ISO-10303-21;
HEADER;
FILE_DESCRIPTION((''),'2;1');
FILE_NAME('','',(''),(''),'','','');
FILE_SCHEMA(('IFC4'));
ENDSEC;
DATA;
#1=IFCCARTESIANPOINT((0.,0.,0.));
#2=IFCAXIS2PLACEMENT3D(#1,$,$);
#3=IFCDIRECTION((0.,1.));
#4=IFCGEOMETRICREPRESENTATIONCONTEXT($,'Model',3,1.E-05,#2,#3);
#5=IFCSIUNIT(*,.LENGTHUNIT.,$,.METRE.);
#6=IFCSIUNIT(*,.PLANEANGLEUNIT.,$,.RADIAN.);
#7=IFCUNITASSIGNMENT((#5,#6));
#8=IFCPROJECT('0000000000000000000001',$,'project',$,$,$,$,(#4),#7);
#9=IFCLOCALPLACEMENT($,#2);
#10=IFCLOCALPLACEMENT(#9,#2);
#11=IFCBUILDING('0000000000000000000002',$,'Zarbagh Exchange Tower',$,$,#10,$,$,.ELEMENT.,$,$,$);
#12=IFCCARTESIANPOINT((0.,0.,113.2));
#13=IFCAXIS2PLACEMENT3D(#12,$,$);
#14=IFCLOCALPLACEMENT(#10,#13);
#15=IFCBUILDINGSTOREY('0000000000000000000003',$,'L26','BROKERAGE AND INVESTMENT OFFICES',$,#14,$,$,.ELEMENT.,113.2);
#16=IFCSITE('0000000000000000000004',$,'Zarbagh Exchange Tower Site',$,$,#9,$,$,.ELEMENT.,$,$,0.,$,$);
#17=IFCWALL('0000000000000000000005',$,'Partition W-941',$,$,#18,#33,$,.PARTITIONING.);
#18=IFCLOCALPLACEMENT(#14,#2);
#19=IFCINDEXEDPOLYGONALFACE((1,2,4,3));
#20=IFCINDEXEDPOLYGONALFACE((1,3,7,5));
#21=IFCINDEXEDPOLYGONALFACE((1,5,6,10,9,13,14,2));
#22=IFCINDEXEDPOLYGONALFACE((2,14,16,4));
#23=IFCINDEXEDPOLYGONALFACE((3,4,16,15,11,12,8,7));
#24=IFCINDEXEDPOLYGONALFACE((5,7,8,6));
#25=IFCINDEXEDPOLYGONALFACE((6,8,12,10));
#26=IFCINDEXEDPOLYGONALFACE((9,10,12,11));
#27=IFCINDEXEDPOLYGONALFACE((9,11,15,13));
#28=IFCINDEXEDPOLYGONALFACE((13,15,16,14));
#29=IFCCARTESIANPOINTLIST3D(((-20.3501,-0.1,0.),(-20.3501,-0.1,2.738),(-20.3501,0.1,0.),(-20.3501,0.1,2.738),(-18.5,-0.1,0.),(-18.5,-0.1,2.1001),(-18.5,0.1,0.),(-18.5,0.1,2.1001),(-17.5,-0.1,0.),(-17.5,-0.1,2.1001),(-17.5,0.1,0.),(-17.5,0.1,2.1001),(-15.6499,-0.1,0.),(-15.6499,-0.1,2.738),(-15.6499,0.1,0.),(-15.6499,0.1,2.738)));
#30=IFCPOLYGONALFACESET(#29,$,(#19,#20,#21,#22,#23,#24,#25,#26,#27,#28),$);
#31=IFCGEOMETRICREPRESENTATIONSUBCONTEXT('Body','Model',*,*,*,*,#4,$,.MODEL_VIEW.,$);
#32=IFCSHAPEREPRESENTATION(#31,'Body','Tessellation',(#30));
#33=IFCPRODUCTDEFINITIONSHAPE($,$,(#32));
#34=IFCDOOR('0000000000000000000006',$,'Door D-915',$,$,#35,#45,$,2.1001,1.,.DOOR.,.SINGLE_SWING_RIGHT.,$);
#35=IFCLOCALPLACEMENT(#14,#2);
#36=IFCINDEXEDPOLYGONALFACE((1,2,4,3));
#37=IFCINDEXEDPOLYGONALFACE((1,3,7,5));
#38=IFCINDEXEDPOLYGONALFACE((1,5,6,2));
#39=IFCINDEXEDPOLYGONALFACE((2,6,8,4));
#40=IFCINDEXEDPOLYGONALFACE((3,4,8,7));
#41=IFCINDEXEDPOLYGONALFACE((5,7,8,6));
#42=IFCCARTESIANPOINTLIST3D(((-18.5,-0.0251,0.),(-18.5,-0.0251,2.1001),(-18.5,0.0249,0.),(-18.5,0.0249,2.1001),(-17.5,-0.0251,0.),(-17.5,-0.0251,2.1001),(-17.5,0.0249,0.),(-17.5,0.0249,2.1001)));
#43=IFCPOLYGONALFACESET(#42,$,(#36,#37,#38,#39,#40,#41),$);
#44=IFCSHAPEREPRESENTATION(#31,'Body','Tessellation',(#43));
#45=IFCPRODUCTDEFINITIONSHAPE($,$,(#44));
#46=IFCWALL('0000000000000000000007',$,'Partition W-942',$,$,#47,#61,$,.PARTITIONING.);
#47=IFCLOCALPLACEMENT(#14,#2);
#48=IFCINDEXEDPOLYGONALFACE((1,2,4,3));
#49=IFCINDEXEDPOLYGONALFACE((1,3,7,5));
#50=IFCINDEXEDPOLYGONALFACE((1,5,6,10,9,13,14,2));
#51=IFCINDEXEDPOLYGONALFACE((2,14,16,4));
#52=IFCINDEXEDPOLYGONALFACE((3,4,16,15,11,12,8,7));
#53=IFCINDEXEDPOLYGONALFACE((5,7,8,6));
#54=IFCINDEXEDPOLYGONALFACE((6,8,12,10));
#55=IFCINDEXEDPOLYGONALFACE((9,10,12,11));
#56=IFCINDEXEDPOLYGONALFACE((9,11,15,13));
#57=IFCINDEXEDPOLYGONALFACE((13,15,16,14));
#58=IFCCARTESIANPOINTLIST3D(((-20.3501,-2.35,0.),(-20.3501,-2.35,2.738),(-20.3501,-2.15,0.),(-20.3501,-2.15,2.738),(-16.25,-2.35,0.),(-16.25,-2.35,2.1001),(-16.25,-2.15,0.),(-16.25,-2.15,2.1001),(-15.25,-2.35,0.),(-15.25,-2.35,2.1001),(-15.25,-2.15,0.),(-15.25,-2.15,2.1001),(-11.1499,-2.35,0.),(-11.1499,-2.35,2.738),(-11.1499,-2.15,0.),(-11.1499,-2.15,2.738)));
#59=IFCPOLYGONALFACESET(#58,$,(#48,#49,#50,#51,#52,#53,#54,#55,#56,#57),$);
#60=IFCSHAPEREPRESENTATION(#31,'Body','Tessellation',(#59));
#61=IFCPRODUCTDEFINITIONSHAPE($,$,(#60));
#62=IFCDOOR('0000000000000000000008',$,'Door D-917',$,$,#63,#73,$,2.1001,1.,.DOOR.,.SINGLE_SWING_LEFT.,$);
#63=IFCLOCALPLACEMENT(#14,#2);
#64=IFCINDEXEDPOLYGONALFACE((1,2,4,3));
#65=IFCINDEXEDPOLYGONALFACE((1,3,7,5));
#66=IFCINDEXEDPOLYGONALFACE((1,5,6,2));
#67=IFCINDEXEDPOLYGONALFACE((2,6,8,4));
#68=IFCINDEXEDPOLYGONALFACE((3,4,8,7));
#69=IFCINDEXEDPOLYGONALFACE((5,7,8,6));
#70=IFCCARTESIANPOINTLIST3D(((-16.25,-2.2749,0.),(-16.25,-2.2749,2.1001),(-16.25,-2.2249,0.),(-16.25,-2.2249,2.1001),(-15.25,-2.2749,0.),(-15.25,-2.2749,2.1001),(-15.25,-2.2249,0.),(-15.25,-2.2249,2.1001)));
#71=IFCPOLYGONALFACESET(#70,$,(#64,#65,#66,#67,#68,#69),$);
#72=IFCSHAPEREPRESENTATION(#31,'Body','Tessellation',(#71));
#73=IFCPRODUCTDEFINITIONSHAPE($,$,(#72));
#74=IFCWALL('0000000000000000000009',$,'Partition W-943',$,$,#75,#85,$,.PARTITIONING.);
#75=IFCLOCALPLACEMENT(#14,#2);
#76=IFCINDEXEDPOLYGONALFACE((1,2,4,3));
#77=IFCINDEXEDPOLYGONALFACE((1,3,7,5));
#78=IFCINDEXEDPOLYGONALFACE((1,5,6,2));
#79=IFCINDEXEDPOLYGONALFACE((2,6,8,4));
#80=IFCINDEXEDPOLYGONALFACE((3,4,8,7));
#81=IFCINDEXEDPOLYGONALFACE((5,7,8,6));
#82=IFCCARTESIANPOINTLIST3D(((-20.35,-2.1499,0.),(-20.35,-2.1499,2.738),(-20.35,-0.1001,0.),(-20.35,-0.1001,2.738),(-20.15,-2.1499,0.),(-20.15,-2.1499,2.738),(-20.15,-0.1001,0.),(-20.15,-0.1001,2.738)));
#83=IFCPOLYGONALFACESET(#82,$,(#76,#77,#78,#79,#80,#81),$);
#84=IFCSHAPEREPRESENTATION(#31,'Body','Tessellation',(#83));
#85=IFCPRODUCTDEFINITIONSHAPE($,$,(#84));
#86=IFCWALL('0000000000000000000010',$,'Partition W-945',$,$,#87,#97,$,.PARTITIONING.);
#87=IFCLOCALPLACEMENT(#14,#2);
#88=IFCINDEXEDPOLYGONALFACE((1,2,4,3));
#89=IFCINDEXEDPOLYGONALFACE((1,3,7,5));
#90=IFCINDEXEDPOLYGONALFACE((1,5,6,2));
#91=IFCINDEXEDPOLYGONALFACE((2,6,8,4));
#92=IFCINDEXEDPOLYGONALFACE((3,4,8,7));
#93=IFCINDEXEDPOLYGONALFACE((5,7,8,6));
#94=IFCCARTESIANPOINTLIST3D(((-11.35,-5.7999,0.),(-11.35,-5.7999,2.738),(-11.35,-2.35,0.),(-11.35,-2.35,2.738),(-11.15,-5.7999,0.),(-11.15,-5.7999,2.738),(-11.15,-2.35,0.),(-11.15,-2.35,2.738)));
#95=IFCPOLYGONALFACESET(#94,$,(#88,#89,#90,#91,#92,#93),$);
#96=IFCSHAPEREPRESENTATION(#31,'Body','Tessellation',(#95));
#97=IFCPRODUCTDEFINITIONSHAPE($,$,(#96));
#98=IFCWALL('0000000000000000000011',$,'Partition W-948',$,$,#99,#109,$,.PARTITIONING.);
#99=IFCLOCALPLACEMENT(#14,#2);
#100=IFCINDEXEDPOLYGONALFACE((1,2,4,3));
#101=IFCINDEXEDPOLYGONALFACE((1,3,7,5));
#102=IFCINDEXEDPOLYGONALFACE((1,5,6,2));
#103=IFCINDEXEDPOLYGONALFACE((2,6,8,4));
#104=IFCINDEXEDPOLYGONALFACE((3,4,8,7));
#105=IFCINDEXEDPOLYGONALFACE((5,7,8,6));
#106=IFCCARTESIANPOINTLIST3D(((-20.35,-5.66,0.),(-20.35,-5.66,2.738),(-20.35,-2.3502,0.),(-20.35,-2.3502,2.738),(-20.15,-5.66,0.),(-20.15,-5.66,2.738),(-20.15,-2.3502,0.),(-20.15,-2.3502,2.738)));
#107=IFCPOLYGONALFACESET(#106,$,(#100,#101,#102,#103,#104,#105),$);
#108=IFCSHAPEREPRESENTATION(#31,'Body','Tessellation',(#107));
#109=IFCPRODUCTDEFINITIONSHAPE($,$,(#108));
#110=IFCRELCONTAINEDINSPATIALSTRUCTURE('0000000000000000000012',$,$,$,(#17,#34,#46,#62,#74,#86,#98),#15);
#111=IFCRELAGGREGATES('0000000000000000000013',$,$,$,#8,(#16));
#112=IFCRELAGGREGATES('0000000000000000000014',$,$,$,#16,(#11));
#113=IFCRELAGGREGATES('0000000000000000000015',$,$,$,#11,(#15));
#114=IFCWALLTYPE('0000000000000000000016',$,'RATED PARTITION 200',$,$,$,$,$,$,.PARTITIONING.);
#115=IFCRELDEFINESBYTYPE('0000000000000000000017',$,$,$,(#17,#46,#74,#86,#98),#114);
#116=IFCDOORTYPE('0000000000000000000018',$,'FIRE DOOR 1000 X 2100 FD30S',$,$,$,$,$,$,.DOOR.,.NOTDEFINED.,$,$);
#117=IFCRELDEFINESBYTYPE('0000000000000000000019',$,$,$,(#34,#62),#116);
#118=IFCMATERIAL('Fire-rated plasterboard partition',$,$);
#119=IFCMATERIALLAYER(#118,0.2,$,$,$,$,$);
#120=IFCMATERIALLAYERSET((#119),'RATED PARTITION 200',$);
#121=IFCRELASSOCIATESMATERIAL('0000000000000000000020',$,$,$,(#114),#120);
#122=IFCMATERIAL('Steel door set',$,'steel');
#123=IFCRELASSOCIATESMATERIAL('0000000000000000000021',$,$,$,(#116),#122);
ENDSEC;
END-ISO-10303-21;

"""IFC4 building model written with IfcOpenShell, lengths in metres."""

from ifc_helpers import new_model, si_unit, direction, frame, frame_2d, origin, place, context, subcontext, project, spatial, rectangle, extrude, material, layer, layer_set, type_object, element, fill, save


model = new_model("IFC4")

# Units and contexts
model_context = context("Model", 3, precision=1e-05, world=origin(), true_north=direction((0.0, 1.0)))
body_context = subcontext(model_context, "Body", "Model", "MODEL_VIEW")
ifc_project = project(units=[si_unit("LENGTHUNIT", "METRE"), si_unit("PLANEANGLEUNIT", "RADIAN")], contexts=[model_context])

# Site, building, storey
site_placement = place(None, origin())
site = spatial("IfcSite", under=ifc_project, at=site_placement, Name="Zarbagh Exchange Tower Site", CompositionType="ELEMENT", RefElevation=0.0)
building_placement = place(site_placement, origin())
building = spatial("IfcBuilding", under=site, at=building_placement, Name="Zarbagh Exchange Tower", CompositionType="ELEMENT")
storey_placement = place(building_placement, frame((0.0, 0.0, 113.2)))
storey = spatial("IfcBuildingStorey", under=building, at=storey_placement, Name="L26", Description="BROKERAGE AND INVESTMENT OFFICES", CompositionType="ELEMENT", Elevation=113.2)

# Shared definitions
ifc_material_1 = material(Name="Fire-rated plasterboard partition")
ifc_layer = layer(ifc_material_1, 0.2)
ifc_layer_set = layer_set([ifc_layer], Name="RATED PARTITION 200")
wall_type = type_object("IfcWallType", Name="RATED PARTITION 200", PredefinedType="PARTITIONING", material=ifc_layer_set)

# Walls, openings, doors
ifc_material_2 = material(Name="Steel door set", Category="steel")
door_type = type_object("IfcDoorType", Name="FIRE DOOR 1000 X 2100 FD30S", OperationType="NOTDEFINED", PredefinedType="DOOR", material=ifc_material_2)
wall_1_placement = place(storey_placement, frame((-20.3501, 0.0, 0.0), z_axis=(0.0, 0.0, 1.0), x_axis=(1.0, 0.0, 0.0)))
wall_1 = element("IfcWall", 1, at=wall_1_placement, inside=storey, type_object=wall_type, Name="Partition W-941", PredefinedType="PARTITIONING", context=body_context, shape_type="SweptSolid", body=[
    extrude(rectangle(XDim=4.7002, YDim=0.2, at=frame_2d((2.3501, 0.0))), origin(), (0.0, 0.0, 1.0), 2.738),
])
opening_1_placement = place(wall_1_placement, frame((1.8501, 0.0, 0.0)))
opening_1 = element("IfcOpeningElement", 2, at=opening_1_placement, cuts=wall_1, PredefinedType="OPENING", context=body_context, shape_type="SweptSolid", body=[
    extrude(rectangle(XDim=1.0, YDim=2.1001, at=frame_2d((0.5, 1.05))), frame((0.0, 0.1099, 0.0), z_axis=(0.0, -1.0, 0.0), x_axis=(1.0, 0.0, 0.0)), (0.0, 0.0, 1.0), 0.22),
])
door_1_placement = place(opening_1_placement, origin())
door_1 = element("IfcDoor", 3, at=door_1_placement, inside=storey, type_object=door_type, Name="Door D-915", OperationType="SINGLE_SWING_RIGHT", OverallHeight=2.1001, OverallWidth=1.0, PredefinedType="DOOR", context=body_context, shape_type="SweptSolid", body=[
    extrude(rectangle(XDim=1.0, YDim=2.1001, at=frame_2d((0.5, 1.05))), frame((0.0, 0.0249, 0.0), z_axis=(0.0, -1.0, 0.0), x_axis=(1.0, 0.0, 0.0)), (0.0, 0.0, 1.0), 0.05),
])
fill(opening_1, door_1)
wall_2_placement = place(storey_placement, frame((-11.1499, -2.25, 0.0), z_axis=(0.0, 0.0, 1.0), x_axis=(-1.0, 0.0, 0.0)))
wall_2 = element("IfcWall", 4, at=wall_2_placement, inside=storey, type_object=wall_type, Name="Partition W-942", PredefinedType="PARTITIONING", context=body_context, shape_type="SweptSolid", body=[
    extrude(rectangle(XDim=9.2002, YDim=0.2, at=frame_2d((4.6001, 0.0))), origin(), (0.0, 0.0, 1.0), 2.738),
])
opening_2_placement = place(wall_2_placement, frame((4.1001, 0.0, 0.0)))
opening_2 = element("IfcOpeningElement", 5, at=opening_2_placement, cuts=wall_2, PredefinedType="OPENING", context=body_context, shape_type="SweptSolid", body=[
    extrude(rectangle(XDim=1.0, YDim=2.1001, at=frame_2d((0.5, 1.05))), frame((0.0, 0.1099, 0.0), z_axis=(0.0, -1.0, 0.0), x_axis=(1.0, 0.0, 0.0)), (0.0, 0.0, 1.0), 0.22),
])
door_2_placement = place(opening_2_placement, origin())
door_2 = element("IfcDoor", 6, at=door_2_placement, inside=storey, type_object=door_type, Name="Door D-917", OperationType="SINGLE_SWING_LEFT", OverallHeight=2.1001, OverallWidth=1.0, PredefinedType="DOOR", context=body_context, shape_type="SweptSolid", body=[
    extrude(rectangle(XDim=1.0, YDim=2.1001, at=frame_2d((0.5, 1.05))), frame((0.0, 0.0249, 0.0), z_axis=(0.0, -1.0, 0.0), x_axis=(1.0, 0.0, 0.0)), (0.0, 0.0, 1.0), 0.05),
])
fill(opening_2, door_2)

# Walls
wall_3_placement = place(storey_placement, frame((-20.25, -2.1499, 0.0), z_axis=(0.0, 0.0, 1.0), x_axis=(0.0, 1.0, 0.0)))
element("IfcWall", 7, at=wall_3_placement, inside=storey, type_object=wall_type, Name="Partition W-943", PredefinedType="PARTITIONING", context=body_context, shape_type="SweptSolid", body=[
    extrude(rectangle(XDim=2.0498, YDim=0.2, at=frame_2d((1.0249, 0.0))), origin(), (0.0, 0.0, 1.0), 2.738),
])
wall_4_placement = place(storey_placement, frame((-11.25, -5.8, 0.0), z_axis=(0.0, 0.0, 1.0), x_axis=(0.0, 1.0, 0.0)))
element("IfcWall", 8, at=wall_4_placement, inside=storey, type_object=wall_type, Name="Partition W-945", PredefinedType="PARTITIONING", context=body_context, shape_type="SweptSolid", body=[
    extrude(rectangle(XDim=3.45, YDim=0.2, at=frame_2d((1.7251, 0.0))), origin(), (0.0, 0.0, 1.0), 2.738),
])
wall_5_placement = place(storey_placement, frame((-20.25, -5.6599, 0.0), z_axis=(0.0, 0.0, 1.0), x_axis=(0.0, 1.0, 0.0)))
element("IfcWall", 9, at=wall_5_placement, inside=storey, type_object=wall_type, Name="Partition W-948", PredefinedType="PARTITIONING", context=body_context, shape_type="SweptSolid", body=[
    extrude(rectangle(XDim=3.3098, YDim=0.2, at=frame_2d((1.6548, 0.0))), origin(), (0.0, 0.0, 1.0), 2.738),
])

save(model, "model.ifc")
